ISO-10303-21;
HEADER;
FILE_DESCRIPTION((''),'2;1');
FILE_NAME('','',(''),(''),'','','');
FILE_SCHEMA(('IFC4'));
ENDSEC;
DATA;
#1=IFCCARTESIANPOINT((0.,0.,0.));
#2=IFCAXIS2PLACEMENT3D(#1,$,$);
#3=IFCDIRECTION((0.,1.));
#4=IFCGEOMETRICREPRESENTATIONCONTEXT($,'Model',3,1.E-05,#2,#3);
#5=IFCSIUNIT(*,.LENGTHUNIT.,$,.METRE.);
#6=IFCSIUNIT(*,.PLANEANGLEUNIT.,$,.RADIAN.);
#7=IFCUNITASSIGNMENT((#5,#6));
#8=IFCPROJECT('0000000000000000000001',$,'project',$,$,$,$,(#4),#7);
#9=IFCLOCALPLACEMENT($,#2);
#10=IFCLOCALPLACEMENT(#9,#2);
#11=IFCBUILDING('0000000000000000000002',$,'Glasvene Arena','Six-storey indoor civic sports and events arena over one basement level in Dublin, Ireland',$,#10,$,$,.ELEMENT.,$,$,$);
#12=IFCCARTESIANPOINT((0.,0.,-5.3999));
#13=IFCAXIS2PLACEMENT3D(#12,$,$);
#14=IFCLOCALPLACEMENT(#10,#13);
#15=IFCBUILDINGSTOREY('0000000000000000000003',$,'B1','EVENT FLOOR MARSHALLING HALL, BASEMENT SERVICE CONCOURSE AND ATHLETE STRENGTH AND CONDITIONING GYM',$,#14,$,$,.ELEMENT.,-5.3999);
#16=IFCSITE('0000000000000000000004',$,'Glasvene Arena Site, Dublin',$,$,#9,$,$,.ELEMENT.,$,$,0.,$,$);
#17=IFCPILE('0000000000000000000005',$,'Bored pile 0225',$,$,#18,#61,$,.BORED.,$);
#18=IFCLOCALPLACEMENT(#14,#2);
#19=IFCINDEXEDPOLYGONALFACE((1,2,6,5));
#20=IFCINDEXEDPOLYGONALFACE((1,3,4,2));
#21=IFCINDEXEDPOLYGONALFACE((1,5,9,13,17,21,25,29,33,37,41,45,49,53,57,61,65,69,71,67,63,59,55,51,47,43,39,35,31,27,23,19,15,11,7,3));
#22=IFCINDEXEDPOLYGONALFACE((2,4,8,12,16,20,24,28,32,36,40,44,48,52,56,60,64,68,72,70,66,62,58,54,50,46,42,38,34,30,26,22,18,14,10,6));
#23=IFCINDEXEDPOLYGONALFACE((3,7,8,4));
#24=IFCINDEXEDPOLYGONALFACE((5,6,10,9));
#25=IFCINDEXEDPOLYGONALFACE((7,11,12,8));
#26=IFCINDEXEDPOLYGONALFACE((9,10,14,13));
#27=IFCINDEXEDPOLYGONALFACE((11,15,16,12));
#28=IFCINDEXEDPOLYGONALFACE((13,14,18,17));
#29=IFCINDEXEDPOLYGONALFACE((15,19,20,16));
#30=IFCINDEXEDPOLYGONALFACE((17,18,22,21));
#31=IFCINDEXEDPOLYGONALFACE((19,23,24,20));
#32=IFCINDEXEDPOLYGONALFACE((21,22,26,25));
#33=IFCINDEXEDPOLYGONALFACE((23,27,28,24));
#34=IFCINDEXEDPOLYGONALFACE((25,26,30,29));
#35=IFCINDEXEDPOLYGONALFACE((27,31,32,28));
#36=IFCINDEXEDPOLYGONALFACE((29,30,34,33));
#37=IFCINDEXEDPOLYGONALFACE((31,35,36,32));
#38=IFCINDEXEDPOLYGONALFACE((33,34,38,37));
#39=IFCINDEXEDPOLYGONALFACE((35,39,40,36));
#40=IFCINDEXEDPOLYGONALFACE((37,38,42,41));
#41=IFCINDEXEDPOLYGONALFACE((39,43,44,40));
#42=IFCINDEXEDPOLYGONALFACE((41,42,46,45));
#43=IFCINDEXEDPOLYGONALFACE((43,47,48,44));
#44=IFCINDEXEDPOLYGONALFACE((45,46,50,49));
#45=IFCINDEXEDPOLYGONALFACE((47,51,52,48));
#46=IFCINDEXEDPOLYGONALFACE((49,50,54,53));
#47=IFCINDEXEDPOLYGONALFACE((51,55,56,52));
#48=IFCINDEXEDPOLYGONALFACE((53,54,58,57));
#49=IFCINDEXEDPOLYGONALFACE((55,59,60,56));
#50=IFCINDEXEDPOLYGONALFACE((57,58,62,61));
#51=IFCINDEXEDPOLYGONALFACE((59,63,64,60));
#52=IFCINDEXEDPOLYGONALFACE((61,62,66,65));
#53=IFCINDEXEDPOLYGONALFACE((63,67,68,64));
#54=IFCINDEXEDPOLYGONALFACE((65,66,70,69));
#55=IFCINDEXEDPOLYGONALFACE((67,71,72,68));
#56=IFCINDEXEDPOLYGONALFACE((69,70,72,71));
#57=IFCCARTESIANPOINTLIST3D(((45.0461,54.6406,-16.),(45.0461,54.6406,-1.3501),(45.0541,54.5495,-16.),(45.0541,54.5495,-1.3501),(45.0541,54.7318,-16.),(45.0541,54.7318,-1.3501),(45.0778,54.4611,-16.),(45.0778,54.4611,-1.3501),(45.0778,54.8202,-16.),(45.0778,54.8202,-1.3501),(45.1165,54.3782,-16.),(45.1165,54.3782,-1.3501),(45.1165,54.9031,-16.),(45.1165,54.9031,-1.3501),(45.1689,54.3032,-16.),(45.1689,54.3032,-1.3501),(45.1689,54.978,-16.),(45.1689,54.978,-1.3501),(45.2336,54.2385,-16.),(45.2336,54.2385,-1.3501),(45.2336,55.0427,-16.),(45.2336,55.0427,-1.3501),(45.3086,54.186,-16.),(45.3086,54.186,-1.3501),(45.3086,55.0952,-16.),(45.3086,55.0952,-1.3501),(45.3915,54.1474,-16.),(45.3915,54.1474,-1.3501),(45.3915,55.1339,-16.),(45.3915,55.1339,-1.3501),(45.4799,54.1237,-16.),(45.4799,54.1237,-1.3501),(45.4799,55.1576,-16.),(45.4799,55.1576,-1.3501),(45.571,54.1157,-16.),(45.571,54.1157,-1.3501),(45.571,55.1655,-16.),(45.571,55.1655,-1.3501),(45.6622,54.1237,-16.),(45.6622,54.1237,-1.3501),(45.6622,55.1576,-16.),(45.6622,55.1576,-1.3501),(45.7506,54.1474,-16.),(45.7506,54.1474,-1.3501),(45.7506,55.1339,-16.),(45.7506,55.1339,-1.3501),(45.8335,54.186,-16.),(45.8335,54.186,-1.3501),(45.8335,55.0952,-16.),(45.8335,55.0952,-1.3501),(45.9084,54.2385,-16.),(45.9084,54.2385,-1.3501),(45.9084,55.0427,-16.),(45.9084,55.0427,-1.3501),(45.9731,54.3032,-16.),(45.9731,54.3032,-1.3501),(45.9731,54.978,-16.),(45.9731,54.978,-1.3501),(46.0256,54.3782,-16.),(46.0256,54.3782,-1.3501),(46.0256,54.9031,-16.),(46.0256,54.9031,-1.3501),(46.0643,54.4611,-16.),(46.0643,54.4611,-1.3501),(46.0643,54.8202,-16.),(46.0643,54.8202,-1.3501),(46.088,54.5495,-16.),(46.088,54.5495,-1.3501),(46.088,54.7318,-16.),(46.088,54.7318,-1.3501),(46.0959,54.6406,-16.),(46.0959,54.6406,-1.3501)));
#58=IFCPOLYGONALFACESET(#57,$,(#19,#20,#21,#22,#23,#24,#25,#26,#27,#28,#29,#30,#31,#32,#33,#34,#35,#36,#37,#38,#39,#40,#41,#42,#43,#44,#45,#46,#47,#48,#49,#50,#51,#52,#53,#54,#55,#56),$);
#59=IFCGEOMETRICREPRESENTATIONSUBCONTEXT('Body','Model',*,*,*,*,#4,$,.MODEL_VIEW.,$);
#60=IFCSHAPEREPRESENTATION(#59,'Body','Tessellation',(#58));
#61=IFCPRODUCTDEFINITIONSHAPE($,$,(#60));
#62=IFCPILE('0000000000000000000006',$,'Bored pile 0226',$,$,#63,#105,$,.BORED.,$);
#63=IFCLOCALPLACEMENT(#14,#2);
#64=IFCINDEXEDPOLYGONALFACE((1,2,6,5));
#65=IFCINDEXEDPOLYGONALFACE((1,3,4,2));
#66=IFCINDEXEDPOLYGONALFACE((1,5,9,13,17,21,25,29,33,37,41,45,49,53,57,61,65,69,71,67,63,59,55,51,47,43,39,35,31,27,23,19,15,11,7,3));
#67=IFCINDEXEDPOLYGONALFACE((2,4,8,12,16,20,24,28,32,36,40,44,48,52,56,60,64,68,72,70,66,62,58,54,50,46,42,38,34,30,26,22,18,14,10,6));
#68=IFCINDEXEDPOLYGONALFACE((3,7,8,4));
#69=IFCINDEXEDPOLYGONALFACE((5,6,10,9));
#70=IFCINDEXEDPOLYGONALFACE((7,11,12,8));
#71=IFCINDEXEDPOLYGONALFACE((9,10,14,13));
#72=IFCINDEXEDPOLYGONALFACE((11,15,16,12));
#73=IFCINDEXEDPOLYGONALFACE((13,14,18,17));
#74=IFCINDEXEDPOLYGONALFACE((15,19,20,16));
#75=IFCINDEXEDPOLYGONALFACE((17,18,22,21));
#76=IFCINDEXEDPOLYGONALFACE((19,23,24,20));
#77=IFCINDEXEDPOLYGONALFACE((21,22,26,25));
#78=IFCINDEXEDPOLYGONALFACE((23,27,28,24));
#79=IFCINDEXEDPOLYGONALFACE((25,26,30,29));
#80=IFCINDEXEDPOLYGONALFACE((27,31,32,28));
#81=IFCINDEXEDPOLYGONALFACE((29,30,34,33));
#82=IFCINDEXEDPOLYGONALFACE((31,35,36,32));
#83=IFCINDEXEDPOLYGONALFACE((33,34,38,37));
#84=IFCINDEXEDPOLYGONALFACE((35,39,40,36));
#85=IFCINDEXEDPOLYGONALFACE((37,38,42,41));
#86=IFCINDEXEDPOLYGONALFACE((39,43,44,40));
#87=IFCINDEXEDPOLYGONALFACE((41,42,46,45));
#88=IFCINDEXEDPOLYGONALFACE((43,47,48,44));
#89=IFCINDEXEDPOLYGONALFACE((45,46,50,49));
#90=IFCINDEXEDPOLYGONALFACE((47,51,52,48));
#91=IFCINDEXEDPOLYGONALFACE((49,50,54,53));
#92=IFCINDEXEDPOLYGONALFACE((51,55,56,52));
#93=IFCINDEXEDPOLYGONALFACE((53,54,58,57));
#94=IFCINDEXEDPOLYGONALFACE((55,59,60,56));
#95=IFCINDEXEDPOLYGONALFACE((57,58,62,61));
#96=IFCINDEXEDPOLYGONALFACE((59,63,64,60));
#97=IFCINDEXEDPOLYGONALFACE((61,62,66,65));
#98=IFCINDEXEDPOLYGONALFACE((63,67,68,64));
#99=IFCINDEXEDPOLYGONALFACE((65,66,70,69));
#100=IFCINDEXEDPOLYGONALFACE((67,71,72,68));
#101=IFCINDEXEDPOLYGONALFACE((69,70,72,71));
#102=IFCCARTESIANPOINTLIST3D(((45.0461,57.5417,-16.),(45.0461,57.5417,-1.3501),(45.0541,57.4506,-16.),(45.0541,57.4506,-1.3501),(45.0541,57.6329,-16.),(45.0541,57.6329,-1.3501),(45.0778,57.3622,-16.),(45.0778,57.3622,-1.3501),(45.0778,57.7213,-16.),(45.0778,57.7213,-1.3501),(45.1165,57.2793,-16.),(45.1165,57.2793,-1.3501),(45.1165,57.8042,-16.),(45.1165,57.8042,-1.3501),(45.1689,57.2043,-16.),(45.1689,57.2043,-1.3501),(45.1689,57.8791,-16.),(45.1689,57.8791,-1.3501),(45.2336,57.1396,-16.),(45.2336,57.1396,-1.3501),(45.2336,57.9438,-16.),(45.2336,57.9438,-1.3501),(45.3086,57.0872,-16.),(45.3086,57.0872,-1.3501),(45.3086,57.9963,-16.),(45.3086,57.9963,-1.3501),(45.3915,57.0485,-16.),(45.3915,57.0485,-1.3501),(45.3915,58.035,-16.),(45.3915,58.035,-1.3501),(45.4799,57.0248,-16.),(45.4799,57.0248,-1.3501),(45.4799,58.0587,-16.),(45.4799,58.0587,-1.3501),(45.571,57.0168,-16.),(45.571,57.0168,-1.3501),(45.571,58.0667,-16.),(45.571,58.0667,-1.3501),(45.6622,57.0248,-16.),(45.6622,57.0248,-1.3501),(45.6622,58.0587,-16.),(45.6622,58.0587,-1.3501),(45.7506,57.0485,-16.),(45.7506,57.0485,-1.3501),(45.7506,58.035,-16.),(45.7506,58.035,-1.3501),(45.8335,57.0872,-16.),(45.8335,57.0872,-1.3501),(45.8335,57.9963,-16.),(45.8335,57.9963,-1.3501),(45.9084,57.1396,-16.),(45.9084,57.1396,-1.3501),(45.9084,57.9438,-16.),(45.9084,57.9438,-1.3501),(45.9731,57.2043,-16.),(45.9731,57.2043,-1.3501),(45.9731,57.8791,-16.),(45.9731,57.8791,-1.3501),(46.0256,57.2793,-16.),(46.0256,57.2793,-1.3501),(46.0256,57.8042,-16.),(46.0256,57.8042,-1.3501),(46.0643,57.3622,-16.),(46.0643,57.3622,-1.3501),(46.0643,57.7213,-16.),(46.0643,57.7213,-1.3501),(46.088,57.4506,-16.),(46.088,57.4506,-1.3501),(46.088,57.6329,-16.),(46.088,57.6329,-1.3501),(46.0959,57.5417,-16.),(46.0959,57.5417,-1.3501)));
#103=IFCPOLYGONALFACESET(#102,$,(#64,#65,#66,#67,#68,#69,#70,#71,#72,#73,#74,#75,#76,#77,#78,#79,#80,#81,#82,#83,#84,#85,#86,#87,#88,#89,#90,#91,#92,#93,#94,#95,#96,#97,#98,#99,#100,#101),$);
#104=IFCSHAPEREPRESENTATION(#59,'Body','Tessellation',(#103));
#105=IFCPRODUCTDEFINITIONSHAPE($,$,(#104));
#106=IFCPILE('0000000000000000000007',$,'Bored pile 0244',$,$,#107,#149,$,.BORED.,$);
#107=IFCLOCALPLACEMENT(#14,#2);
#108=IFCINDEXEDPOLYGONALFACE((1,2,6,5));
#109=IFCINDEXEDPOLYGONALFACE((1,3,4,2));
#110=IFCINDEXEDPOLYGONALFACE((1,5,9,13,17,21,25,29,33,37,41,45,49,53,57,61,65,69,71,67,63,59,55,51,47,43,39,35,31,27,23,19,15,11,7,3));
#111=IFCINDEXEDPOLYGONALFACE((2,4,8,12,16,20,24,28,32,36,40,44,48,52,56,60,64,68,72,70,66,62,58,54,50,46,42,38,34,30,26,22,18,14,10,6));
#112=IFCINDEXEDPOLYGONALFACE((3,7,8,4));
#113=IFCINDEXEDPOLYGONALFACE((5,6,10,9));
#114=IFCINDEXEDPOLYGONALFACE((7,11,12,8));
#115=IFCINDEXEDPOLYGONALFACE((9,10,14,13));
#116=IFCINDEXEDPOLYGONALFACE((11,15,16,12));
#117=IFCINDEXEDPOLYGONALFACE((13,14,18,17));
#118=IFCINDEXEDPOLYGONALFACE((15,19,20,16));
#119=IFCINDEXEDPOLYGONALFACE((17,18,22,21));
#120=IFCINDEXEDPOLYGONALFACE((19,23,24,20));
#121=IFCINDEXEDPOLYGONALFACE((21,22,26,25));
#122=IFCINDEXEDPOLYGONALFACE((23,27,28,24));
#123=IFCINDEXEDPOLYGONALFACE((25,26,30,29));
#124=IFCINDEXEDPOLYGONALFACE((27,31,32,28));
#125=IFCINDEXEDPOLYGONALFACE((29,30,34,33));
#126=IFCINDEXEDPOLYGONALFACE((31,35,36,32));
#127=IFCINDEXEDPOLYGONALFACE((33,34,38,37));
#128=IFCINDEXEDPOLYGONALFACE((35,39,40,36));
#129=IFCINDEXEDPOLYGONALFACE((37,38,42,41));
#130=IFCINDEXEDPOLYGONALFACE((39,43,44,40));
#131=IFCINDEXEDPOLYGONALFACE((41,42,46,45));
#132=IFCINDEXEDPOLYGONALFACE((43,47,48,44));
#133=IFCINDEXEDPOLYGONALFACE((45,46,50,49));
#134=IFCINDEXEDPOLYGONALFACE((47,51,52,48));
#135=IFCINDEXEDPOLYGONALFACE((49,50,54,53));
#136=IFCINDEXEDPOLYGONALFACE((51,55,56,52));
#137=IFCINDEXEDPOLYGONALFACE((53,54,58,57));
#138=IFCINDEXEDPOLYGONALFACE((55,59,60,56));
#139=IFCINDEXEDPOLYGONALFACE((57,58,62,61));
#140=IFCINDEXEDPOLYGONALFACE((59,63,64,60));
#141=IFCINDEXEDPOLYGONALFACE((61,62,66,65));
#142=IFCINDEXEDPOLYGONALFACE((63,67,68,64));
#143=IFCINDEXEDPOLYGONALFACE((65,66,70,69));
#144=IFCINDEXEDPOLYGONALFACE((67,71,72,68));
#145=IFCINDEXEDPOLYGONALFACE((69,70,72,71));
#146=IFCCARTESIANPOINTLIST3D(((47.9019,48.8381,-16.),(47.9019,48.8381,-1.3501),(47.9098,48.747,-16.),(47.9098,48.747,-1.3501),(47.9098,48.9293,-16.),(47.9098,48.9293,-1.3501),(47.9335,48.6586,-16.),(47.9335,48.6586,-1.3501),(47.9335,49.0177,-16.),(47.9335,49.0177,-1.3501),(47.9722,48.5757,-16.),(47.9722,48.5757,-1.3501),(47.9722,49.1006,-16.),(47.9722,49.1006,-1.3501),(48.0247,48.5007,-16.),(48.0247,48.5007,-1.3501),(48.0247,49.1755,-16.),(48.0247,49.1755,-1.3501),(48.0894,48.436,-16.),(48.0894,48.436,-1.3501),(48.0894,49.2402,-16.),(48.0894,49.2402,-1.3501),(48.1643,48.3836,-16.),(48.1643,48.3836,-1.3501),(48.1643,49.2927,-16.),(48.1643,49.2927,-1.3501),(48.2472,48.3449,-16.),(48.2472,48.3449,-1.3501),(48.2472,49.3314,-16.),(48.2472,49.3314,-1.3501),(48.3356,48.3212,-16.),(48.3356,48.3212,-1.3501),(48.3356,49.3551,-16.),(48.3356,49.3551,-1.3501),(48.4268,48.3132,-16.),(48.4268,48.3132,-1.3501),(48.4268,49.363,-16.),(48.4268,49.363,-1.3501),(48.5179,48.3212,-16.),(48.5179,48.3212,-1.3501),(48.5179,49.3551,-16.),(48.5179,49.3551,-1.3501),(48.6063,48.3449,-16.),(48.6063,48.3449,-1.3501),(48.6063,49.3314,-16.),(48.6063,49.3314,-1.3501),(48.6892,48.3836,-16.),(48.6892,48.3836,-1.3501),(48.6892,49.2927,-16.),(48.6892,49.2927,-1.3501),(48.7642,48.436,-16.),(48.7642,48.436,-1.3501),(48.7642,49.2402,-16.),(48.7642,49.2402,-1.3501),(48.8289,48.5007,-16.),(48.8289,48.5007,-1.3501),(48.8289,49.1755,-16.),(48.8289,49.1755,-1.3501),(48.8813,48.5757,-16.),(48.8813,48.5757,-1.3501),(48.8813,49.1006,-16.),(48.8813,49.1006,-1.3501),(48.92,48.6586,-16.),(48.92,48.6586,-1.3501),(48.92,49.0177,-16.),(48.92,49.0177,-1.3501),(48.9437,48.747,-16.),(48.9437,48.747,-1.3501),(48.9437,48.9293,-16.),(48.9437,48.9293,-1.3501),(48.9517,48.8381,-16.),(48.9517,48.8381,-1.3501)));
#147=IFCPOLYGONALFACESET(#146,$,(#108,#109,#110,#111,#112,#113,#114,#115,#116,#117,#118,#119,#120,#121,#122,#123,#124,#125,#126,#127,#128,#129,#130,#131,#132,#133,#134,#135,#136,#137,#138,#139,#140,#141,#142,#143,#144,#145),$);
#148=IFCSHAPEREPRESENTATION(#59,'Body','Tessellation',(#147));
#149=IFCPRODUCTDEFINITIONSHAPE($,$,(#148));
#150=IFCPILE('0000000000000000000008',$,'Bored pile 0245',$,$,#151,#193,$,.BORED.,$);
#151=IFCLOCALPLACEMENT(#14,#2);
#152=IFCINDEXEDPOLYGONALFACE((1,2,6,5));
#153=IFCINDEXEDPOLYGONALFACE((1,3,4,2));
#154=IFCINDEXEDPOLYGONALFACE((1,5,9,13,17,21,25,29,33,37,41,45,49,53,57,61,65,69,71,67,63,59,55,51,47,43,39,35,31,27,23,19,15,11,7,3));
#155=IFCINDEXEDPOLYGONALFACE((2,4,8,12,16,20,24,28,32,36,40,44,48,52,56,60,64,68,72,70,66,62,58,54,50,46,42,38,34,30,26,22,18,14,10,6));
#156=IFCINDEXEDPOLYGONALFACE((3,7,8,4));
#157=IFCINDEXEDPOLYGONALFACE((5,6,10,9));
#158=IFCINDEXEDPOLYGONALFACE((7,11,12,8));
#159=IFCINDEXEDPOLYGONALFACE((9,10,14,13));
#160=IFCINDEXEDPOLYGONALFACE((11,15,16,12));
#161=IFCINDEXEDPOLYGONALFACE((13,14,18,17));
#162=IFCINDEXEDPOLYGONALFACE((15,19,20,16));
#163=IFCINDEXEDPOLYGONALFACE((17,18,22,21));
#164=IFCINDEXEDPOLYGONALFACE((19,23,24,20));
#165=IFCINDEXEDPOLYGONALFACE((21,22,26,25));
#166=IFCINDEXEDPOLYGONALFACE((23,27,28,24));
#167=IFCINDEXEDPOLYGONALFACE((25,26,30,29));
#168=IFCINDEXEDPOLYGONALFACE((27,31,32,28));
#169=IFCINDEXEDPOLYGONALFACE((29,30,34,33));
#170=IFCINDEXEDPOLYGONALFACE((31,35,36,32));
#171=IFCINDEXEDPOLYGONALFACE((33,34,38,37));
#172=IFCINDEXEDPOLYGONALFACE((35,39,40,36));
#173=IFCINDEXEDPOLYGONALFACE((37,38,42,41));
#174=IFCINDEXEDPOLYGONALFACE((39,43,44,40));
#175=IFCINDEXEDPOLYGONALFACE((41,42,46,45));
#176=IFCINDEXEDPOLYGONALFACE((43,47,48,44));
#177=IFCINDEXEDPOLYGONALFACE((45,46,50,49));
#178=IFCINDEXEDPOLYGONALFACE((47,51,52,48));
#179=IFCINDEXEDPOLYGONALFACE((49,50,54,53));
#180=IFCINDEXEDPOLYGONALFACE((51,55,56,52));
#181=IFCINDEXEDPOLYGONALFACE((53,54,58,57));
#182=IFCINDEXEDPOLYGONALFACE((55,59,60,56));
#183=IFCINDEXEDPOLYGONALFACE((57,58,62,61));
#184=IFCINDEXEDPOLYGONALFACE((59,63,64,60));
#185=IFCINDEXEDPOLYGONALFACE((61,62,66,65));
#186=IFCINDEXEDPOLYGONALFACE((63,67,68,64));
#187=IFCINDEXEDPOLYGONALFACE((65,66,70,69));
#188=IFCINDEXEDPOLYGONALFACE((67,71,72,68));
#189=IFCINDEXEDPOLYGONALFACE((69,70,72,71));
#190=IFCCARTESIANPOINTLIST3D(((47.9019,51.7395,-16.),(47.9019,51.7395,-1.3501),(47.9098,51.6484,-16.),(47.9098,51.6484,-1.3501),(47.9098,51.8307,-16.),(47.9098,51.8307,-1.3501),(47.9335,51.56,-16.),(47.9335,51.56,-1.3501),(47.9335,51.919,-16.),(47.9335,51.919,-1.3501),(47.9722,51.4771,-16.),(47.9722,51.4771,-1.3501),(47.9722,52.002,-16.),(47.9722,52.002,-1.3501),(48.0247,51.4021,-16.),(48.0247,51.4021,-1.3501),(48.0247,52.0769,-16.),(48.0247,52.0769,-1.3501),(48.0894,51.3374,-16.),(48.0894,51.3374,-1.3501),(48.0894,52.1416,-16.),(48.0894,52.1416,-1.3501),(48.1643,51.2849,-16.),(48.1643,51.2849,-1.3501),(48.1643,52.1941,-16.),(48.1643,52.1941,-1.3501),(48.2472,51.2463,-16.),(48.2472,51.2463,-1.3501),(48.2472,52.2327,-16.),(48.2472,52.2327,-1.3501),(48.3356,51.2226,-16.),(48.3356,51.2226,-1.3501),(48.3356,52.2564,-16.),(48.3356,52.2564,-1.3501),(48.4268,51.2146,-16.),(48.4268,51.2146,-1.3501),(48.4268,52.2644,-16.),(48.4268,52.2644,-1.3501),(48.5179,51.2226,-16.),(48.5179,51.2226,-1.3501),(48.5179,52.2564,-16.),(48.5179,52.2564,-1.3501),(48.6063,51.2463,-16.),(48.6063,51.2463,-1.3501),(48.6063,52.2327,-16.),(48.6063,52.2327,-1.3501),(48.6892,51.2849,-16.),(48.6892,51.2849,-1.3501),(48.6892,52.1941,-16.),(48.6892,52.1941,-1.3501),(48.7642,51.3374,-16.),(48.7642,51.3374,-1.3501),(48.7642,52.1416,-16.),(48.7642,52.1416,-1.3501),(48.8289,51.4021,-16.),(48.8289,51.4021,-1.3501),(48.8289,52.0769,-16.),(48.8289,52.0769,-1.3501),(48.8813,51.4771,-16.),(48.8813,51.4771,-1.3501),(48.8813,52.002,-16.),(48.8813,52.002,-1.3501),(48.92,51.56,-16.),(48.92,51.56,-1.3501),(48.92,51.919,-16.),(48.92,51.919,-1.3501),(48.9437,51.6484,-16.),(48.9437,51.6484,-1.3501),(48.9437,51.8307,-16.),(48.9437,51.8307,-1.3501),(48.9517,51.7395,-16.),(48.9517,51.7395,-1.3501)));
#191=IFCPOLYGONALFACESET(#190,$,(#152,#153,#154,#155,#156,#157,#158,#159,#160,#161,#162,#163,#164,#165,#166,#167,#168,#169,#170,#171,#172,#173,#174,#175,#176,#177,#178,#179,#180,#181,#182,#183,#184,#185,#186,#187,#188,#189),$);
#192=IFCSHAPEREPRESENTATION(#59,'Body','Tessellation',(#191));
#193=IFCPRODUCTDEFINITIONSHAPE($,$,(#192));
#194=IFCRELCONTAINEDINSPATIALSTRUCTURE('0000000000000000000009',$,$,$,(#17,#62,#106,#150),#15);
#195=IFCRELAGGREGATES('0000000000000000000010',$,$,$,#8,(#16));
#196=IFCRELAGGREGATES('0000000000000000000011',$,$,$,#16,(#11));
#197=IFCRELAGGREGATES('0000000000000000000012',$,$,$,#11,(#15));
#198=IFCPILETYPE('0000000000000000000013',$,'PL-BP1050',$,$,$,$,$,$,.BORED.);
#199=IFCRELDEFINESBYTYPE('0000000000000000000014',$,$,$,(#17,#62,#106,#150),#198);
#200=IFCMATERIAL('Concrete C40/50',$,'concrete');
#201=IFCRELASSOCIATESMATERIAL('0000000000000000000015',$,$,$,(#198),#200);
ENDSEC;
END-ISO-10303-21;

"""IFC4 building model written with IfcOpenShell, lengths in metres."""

from ifc_helpers import new_model, si_unit, direction, frame, origin, origin_2d, place, context, subcontext, project, spatial, circle, extrude, material, material_profile, profile_set, type_object, element, save


model = new_model("IFC4")

# Units and contexts
model_context = context("Model", 3, precision=1e-05, world=origin(), true_north=direction((0.0, 1.0)))
body_context = subcontext(model_context, "Body", "Model", "MODEL_VIEW")
ifc_project = project(units=[si_unit("LENGTHUNIT", "METRE"), si_unit("PLANEANGLEUNIT", "RADIAN")], contexts=[model_context])

# Site, building, storey
site_placement = place(None, origin())
site = spatial("IfcSite", under=ifc_project, at=site_placement, Name="Glasvene Arena Site, Dublin", CompositionType="ELEMENT", RefElevation=0.0)
building_placement = place(site_placement, origin())
building = spatial("IfcBuilding", under=site, at=building_placement, Name="Glasvene Arena", Description="Six-storey indoor civic sports and events arena over one basement level in Dublin, Ireland", CompositionType="ELEMENT")
storey_placement = place(building_placement, frame((0.0, 0.0, -5.3999)))
storey = spatial("IfcBuildingStorey", under=building, at=storey_placement, Name="B1", Description="EVENT FLOOR MARSHALLING HALL, BASEMENT SERVICE CONCOURSE AND ATHLETE STRENGTH AND CONDITIONING GYM", CompositionType="ELEMENT", Elevation=-5.3999)

# Piles
ifc_material_1 = material(Name="Concrete C40/50", Category="concrete")
ifc_material_profile_1 = material_profile(ifc_material_1, circle(Radius=0.5249, at=origin_2d()), Name="BORED PILE 1050")
ifc_profile_set_1 = profile_set([ifc_material_profile_1], Name="Concrete C40/50")
pile_type = type_object("IfcPileType", Name="PL-BP1050", PredefinedType="BORED", material=ifc_profile_set_1)
for number, where, z_axis, x_axis, name in (
    (1, (45.571, 54.6406, -1.3501), (0.0, 0.0, -1.0), (1.0, 0.0, 0.0), "Bored pile 0225"),
    (2, (45.571, 57.5417, -1.3501), (0.0, 0.0, -1.0), (1.0, 0.0, 0.0), "Bored pile 0226"),
    (3, (48.4268, 48.8381, -1.3501), (0.0, 0.0, -1.0), (1.0, 0.0, 0.0), "Bored pile 0244"),
    (4, (48.4268, 51.7395, -1.3501), (0.0, 0.0, -1.0), (1.0, 0.0, 0.0), "Bored pile 0245"),
):
    element("IfcPile", number, at=place(storey_placement, frame(where, z_axis=z_axis, x_axis=x_axis)), inside=storey, type_object=pile_type, Name=name, PredefinedType="BORED", context=body_context, shape_type="SweptSolid", body=[
        extrude(circle(Radius=0.5249, at=origin_2d()), origin(), (0.0, 0.0, 1.0), 14.6499),
    ])

save(model, "model.ifc")
